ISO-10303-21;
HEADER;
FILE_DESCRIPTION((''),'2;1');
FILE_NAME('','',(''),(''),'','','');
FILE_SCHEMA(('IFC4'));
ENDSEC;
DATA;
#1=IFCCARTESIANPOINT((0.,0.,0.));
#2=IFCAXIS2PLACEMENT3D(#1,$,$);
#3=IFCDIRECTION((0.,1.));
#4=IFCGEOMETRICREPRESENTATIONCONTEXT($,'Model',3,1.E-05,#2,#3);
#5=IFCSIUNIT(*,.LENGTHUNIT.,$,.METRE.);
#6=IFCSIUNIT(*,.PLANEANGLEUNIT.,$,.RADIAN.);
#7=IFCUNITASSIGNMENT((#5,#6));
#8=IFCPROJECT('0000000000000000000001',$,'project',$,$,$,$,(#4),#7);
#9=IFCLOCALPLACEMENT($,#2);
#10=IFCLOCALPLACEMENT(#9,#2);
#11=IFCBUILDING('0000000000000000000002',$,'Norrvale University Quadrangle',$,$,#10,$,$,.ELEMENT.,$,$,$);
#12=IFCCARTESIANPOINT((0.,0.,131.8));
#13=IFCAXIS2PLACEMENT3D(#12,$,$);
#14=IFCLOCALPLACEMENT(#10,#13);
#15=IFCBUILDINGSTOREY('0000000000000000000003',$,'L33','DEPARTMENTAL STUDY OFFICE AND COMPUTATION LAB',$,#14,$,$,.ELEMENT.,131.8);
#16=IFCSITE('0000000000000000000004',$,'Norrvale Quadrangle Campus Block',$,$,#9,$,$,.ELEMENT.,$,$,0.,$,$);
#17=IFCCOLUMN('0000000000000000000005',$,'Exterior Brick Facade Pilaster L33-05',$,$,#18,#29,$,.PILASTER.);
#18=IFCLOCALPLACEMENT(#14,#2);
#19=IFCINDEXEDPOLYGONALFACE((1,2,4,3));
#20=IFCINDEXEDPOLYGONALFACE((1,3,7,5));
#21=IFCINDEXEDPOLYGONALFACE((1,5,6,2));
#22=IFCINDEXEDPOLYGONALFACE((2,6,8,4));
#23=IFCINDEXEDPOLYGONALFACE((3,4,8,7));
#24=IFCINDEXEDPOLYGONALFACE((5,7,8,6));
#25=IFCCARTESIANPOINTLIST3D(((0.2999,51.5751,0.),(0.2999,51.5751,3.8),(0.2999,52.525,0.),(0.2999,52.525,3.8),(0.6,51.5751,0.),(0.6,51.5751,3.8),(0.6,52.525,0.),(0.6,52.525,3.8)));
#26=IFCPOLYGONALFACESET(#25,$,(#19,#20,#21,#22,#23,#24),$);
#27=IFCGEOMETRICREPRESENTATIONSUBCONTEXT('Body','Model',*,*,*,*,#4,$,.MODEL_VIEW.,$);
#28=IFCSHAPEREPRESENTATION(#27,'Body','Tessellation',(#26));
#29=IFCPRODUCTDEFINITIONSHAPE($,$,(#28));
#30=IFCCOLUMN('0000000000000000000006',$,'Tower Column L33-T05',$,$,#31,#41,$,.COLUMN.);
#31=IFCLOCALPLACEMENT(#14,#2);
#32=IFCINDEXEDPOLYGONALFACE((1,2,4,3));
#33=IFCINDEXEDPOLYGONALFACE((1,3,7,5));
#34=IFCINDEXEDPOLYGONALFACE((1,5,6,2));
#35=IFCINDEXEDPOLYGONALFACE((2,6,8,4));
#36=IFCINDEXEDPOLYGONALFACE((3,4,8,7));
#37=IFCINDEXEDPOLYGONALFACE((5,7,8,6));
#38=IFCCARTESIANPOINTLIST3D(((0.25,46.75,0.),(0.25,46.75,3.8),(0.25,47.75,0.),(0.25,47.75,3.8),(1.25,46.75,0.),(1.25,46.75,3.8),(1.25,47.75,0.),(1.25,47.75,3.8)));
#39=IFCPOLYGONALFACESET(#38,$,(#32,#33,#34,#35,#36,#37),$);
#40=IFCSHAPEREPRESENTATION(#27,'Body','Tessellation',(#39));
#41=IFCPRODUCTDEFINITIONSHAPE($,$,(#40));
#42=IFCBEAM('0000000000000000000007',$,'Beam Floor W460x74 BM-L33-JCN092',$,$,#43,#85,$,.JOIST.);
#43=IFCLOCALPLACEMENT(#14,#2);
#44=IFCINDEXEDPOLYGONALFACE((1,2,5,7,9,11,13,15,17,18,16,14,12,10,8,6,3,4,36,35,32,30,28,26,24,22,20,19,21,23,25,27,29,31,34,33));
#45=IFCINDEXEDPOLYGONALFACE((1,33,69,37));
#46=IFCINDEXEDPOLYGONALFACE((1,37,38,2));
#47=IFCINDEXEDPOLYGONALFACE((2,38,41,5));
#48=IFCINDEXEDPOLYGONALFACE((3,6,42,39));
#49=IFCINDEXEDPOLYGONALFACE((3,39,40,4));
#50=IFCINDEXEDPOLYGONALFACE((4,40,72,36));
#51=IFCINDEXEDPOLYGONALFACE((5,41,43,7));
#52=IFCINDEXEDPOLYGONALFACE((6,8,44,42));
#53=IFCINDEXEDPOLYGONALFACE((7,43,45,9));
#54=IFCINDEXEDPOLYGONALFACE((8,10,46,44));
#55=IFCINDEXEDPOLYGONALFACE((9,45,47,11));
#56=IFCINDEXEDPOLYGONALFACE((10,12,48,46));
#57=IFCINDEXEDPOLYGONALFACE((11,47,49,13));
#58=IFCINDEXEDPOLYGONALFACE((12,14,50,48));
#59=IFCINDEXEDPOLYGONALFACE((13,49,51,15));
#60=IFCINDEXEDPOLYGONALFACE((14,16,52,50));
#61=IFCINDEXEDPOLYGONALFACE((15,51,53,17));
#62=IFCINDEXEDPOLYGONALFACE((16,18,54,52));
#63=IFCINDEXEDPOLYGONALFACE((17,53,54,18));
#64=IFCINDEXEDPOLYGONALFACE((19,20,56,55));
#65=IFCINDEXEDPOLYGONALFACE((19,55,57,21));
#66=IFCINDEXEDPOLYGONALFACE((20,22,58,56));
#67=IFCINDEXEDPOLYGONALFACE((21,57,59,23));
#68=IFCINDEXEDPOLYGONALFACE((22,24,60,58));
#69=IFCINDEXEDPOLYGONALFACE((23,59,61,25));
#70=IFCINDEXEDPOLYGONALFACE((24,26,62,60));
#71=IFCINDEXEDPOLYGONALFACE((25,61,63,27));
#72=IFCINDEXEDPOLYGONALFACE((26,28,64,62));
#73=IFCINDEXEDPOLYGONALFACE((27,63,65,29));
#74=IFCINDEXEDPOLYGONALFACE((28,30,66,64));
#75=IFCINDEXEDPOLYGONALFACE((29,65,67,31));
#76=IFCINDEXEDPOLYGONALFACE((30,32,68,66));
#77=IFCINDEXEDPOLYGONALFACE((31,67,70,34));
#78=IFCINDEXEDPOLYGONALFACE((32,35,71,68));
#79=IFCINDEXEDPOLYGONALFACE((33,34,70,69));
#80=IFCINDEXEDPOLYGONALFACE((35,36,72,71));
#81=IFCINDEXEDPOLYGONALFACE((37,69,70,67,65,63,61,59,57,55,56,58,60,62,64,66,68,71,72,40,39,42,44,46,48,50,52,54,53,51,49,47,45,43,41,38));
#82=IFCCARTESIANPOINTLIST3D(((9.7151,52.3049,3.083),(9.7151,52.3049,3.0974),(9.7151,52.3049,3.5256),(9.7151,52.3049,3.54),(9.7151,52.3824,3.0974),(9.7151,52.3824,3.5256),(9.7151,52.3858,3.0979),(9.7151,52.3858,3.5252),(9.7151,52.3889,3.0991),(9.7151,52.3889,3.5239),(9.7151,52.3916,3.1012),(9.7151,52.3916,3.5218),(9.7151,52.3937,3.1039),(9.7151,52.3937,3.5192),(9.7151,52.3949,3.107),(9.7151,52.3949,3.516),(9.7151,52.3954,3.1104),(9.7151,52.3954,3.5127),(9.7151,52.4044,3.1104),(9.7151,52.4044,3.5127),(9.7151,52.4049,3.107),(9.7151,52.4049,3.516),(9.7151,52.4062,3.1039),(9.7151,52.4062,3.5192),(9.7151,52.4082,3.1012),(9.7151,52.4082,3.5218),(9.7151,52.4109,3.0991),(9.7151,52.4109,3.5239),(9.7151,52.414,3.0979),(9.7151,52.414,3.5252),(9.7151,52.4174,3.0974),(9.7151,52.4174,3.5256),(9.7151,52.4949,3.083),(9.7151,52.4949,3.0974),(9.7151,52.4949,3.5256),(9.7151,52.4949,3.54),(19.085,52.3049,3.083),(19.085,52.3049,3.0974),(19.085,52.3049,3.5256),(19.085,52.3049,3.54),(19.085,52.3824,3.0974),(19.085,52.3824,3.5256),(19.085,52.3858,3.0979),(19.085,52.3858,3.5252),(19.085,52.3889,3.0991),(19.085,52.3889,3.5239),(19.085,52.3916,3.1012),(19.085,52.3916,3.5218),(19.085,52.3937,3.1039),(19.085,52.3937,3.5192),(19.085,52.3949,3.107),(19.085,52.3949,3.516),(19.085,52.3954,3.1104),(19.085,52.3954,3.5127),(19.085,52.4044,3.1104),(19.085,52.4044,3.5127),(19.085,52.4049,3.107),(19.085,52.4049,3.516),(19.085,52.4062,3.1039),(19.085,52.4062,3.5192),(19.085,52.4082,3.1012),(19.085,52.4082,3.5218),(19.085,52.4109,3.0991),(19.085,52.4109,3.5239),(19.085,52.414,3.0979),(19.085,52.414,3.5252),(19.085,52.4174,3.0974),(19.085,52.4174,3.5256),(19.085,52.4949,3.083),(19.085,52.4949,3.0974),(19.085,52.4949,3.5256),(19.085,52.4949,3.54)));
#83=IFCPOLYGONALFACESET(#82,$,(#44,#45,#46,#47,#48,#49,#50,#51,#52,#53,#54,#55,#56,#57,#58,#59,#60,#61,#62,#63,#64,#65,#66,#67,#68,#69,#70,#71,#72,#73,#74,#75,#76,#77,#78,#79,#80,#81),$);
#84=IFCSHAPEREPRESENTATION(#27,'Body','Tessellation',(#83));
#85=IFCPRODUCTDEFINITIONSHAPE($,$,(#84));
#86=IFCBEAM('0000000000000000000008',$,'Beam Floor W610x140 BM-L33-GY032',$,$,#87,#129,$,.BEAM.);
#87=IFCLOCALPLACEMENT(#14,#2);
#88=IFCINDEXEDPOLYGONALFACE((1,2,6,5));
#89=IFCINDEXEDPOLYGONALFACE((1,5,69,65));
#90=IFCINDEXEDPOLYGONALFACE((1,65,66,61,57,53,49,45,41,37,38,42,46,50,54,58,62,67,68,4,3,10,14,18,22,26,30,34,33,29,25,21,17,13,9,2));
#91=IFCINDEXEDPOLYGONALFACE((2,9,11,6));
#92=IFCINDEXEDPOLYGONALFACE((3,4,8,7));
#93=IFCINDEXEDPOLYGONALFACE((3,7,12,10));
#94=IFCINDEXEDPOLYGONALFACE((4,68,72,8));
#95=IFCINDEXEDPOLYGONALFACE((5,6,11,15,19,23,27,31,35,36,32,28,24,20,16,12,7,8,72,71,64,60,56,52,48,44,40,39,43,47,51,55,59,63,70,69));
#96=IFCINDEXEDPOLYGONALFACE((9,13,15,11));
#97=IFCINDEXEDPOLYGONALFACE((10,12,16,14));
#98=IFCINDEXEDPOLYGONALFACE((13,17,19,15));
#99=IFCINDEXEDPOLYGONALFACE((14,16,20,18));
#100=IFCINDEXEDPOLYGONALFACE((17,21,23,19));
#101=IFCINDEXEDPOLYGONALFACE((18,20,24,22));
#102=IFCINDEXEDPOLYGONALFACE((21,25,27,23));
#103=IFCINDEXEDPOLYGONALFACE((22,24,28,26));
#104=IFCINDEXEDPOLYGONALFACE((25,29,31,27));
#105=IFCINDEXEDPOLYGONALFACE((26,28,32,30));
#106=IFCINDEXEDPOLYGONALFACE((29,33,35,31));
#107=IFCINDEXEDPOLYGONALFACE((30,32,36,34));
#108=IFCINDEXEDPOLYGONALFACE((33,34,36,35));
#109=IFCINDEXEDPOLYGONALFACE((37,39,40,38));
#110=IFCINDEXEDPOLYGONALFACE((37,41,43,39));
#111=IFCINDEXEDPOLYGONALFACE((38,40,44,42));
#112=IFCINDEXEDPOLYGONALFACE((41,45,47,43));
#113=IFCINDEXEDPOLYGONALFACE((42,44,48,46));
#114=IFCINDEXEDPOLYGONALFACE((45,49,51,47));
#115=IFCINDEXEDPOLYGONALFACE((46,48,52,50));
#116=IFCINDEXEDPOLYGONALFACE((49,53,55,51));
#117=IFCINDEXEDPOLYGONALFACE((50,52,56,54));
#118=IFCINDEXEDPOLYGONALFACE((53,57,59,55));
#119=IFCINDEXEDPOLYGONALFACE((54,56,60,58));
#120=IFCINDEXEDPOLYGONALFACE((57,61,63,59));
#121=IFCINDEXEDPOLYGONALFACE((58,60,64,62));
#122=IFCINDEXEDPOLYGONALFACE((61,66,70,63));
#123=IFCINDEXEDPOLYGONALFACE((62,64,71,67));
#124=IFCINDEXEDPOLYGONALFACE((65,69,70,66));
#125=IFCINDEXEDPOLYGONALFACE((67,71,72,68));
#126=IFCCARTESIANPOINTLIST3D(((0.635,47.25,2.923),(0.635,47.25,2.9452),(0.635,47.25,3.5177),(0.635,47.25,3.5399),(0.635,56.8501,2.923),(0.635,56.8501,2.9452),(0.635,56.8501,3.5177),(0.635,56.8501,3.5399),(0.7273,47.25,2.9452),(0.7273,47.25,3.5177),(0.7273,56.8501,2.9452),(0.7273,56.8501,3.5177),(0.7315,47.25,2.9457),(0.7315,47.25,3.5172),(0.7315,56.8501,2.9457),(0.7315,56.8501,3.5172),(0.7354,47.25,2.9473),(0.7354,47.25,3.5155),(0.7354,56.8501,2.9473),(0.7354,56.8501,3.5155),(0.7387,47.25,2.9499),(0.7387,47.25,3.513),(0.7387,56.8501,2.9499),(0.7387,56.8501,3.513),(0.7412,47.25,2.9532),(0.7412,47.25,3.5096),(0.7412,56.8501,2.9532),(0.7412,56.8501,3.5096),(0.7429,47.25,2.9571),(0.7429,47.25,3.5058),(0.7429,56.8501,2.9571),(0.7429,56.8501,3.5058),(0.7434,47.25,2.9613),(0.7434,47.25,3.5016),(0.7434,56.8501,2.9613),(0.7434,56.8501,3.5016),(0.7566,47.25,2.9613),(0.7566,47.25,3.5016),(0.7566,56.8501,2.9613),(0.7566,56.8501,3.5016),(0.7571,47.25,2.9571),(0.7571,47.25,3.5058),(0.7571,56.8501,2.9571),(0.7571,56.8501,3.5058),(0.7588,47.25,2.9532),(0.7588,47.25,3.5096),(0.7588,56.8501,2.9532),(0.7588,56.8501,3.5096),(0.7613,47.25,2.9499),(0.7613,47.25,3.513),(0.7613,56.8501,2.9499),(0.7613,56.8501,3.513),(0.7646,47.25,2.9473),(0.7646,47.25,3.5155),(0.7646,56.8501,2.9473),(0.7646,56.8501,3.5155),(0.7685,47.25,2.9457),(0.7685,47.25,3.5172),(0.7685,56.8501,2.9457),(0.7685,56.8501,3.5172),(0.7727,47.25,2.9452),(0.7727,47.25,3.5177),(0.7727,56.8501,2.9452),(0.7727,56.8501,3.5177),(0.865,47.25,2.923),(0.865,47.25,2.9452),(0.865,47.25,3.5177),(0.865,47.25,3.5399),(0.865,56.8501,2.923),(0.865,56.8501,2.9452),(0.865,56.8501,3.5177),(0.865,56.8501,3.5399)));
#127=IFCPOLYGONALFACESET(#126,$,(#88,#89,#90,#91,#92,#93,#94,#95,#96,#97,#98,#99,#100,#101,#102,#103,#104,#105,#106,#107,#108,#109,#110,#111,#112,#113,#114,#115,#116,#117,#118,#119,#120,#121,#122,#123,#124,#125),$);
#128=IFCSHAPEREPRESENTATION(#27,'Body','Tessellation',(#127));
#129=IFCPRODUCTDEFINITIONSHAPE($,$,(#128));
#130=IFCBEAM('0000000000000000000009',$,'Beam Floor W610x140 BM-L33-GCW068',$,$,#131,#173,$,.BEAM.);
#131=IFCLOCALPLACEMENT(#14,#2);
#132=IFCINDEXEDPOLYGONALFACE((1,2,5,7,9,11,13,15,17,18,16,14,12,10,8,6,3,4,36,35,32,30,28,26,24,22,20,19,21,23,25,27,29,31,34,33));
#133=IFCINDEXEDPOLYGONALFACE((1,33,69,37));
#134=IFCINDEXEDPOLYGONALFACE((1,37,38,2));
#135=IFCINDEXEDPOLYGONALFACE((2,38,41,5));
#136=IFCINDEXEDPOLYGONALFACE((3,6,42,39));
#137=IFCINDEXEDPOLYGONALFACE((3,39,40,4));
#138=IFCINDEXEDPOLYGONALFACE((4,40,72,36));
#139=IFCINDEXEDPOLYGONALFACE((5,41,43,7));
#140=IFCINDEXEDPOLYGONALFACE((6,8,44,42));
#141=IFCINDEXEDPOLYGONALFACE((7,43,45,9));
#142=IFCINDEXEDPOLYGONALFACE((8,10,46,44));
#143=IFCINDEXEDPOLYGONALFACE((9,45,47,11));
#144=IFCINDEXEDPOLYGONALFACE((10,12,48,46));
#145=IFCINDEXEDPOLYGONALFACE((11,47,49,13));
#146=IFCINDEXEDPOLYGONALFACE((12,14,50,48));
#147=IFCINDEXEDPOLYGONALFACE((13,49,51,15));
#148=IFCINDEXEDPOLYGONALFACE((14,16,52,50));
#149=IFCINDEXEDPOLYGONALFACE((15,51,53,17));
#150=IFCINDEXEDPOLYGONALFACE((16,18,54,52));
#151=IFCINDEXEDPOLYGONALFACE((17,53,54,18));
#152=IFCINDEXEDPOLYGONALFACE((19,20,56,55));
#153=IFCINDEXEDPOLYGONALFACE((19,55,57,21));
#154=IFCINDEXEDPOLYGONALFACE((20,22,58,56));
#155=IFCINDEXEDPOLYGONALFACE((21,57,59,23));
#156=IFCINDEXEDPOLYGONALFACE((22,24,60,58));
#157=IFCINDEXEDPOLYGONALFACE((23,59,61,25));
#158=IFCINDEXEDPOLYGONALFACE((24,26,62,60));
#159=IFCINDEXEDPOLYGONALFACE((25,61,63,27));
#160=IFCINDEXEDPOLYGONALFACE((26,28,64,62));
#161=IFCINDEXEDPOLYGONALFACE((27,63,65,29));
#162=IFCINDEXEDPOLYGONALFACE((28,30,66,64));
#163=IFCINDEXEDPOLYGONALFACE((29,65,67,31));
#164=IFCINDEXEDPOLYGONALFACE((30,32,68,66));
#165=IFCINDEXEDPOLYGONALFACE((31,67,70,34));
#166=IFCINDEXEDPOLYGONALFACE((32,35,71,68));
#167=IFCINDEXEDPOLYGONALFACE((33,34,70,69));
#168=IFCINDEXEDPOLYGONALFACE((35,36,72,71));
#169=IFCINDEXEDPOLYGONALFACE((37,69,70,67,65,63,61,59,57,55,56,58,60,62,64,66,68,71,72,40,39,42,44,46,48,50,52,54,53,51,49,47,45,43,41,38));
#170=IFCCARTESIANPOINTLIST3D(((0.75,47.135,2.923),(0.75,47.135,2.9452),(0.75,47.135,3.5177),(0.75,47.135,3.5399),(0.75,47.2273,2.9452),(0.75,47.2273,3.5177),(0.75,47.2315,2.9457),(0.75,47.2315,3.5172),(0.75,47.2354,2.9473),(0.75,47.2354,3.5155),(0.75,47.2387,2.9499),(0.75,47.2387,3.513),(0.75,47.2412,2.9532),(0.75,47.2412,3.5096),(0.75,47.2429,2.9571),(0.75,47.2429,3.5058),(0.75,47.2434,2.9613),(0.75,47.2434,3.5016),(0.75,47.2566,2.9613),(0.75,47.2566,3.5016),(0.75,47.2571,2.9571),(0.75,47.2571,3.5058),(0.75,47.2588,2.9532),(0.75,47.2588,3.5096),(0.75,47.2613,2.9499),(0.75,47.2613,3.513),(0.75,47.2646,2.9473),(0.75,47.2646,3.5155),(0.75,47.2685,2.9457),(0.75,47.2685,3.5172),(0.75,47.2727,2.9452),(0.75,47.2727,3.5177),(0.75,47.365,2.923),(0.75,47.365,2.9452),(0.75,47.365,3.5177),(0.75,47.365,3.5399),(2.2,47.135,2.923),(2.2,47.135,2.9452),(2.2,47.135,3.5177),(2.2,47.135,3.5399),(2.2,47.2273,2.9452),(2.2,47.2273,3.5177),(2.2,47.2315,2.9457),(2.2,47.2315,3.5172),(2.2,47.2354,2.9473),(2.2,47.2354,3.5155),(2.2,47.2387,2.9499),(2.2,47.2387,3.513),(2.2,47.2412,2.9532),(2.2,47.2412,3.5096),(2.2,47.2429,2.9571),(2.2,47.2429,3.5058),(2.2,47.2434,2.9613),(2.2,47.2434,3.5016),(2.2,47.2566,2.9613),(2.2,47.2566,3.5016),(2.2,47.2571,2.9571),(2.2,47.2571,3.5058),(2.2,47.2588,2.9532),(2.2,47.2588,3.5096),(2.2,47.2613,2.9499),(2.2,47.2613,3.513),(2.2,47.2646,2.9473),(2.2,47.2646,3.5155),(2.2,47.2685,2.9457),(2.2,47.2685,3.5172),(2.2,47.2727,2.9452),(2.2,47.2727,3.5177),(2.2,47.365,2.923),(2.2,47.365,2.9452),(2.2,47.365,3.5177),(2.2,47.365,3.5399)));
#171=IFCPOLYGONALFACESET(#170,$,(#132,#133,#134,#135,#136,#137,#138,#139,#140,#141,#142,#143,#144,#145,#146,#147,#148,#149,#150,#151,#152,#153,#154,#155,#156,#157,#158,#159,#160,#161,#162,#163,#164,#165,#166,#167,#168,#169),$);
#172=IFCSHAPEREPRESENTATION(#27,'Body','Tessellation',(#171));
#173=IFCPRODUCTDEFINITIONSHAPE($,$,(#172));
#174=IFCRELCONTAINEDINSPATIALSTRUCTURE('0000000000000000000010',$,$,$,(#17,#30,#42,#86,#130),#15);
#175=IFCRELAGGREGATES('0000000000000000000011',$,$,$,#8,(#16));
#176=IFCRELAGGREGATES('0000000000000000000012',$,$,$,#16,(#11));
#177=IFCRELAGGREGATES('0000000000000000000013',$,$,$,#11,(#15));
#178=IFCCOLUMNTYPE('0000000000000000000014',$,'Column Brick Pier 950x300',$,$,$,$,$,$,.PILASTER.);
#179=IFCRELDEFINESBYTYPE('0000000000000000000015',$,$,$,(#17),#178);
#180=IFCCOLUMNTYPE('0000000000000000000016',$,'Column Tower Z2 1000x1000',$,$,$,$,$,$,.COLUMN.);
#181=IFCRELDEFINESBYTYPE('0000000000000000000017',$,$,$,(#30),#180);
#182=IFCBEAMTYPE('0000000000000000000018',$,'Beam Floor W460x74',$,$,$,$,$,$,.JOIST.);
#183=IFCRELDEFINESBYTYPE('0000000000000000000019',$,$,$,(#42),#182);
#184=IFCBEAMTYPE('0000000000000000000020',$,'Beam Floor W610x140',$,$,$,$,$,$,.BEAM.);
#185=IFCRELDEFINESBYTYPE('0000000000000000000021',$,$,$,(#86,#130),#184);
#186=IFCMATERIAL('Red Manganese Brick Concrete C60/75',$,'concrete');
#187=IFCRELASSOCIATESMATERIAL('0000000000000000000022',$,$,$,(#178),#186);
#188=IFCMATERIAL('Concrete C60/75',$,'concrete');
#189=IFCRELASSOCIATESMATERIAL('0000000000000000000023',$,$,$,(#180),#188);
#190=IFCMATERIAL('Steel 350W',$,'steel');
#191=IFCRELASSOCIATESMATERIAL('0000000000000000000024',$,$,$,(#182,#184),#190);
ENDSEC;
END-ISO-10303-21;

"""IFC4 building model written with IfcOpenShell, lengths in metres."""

from ifc_helpers import new_model, si_unit, direction, frame, origin, origin_2d, place, context, subcontext, project, spatial, rectangle, i_section, extrude, material, material_profile, profile_set, type_object, element, save


model = new_model("IFC4")

# Units and contexts
model_context = context("Model", 3, precision=1e-05, world=origin(), true_north=direction((0.0, 1.0)))
body_context = subcontext(model_context, "Body", "Model", "MODEL_VIEW")
ifc_project = project(units=[si_unit("LENGTHUNIT", "METRE"), si_unit("PLANEANGLEUNIT", "RADIAN")], contexts=[model_context])

# Site, building, storey
site_placement = place(None, origin())
site = spatial("IfcSite", under=ifc_project, at=site_placement, Name="Norrvale Quadrangle Campus Block", CompositionType="ELEMENT", RefElevation=0.0)
building_placement = place(site_placement, origin())
building = spatial("IfcBuilding", under=site, at=building_placement, Name="Norrvale University Quadrangle", CompositionType="ELEMENT")
storey_placement = place(building_placement, frame((0.0, 0.0, 131.8)))
storey = spatial("IfcBuildingStorey", under=building, at=storey_placement, Name="L33", Description="DEPARTMENTAL STUDY OFFICE AND COMPUTATION LAB", CompositionType="ELEMENT", Elevation=131.8)

# Columns
ifc_material_1 = material(Name="Red Manganese Brick Concrete C60/75", Category="concrete")
ifc_material_profile_1 = material_profile(ifc_material_1, rectangle(XDim=0.95, YDim=0.3, at=origin_2d()), Name="Red Manganese Brick Concrete C60/75")
ifc_profile_set_1 = profile_set([ifc_material_profile_1], Name="Red Manganese Brick Concrete C60/75")
column_type_1 = type_object("IfcColumnType", Name="Column Brick Pier 950x300", PredefinedType="PILASTER", material=ifc_profile_set_1)
column_1_placement = place(storey_placement, frame((0.45, 52.05, 0.0), z_axis=(0.0, 0.0, 1.0), x_axis=(0.0, 1.0, 0.0)))
element("IfcColumn", 1, at=column_1_placement, inside=storey, type_object=column_type_1, Name="Exterior Brick Facade Pilaster L33-05", PredefinedType="PILASTER", context=body_context, shape_type="SweptSolid", body=[
    extrude(rectangle(XDim=0.95, YDim=0.3, at=origin_2d()), origin(), (0.0, 0.0, 1.0), 3.8),
])
ifc_material_2 = material(Name="Concrete C60/75", Category="concrete")
ifc_material_profile_2 = material_profile(ifc_material_2, rectangle(XDim=1.0, YDim=1.0, at=origin_2d()), Name="Concrete C60/75")
ifc_profile_set_2 = profile_set([ifc_material_profile_2], Name="Concrete C60/75")
column_type_2 = type_object("IfcColumnType", Name="Column Tower Z2 1000x1000", PredefinedType="COLUMN", material=ifc_profile_set_2)
column_2_placement = place(storey_placement, frame((0.75, 47.25, 0.0), z_axis=(0.0, 0.0, 1.0), x_axis=(1.0, 0.0, 0.0)))
element("IfcColumn", 2, at=column_2_placement, inside=storey, type_object=column_type_2, Name="Tower Column L33-T05", PredefinedType="COLUMN", context=body_context, shape_type="SweptSolid", body=[
    extrude(rectangle(XDim=1.0, YDim=1.0, at=origin_2d()), origin(), (0.0, 0.0, 1.0), 3.8),
])

# Beams
ifc_material_3 = material(Name="Steel 350W", Category="steel")
ifc_material_profile_3 = material_profile(ifc_material_3, i_section(OverallWidth=0.1899, OverallDepth=0.457, WebThickness=0.009, FlangeThickness=0.0144, FilletRadius=0.0129, at=origin_2d()), Name="Steel 350W")
ifc_profile_set_3 = profile_set([ifc_material_profile_3], Name="Steel 350W")
beam_type_1 = type_object("IfcBeamType", Name="Beam Floor W460x74", PredefinedType="JOIST", material=ifc_profile_set_3)
beam_1_placement = place(storey_placement, frame((9.7151, 52.3999, 3.3115), z_axis=(1.0, 0.0, 0.0), x_axis=(0.0, 1.0, 0.0)))
element("IfcBeam", 3, at=beam_1_placement, inside=storey, type_object=beam_type_1, Name="Beam Floor W460x74 BM-L33-JCN092", PredefinedType="JOIST", context=body_context, shape_type="SweptSolid", body=[
    extrude(i_section(OverallWidth=0.1899, OverallDepth=0.457, WebThickness=0.009, FlangeThickness=0.0144, FilletRadius=0.0129, at=origin_2d()), origin(), (0.0, 0.0, 1.0), 9.3699),
])
ifc_material_profile_4 = material_profile(ifc_material_3, i_section(OverallWidth=0.23, OverallDepth=0.6169, WebThickness=0.0132, FlangeThickness=0.0222, FilletRadius=0.0161, at=origin_2d()), Name="Steel 350W")
ifc_profile_set_4 = profile_set([ifc_material_profile_4], Name="Steel 350W")
beam_type_2 = type_object("IfcBeamType", Name="Beam Floor W610x140", PredefinedType="BEAM", material=ifc_profile_set_4)
beam_2_placement = place(storey_placement, frame((0.75, 47.25, 3.2314), z_axis=(0.0, 1.0, 0.0), x_axis=(-1.0, 0.0, 0.0)))
element("IfcBeam", 4, at=beam_2_placement, inside=storey, type_object=beam_type_2, Name="Beam Floor W610x140 BM-L33-GY032", PredefinedType="BEAM", context=body_context, shape_type="SweptSolid", body=[
    extrude(i_section(OverallWidth=0.23, OverallDepth=0.6169, WebThickness=0.0132, FlangeThickness=0.0222, FilletRadius=0.0161, at=origin_2d()), origin(), (0.0, 0.0, 1.0), 9.6001),
])
beam_3_placement = place(storey_placement, frame((0.75, 47.25, 3.2314), z_axis=(1.0, 0.0, 0.0), x_axis=(0.0, 1.0, 0.0)))
element("IfcBeam", 5, at=beam_3_placement, inside=storey, type_object=beam_type_2, Name="Beam Floor W610x140 BM-L33-GCW068", PredefinedType="BEAM", context=body_context, shape_type="SweptSolid", body=[
    extrude(i_section(OverallWidth=0.23, OverallDepth=0.6169, WebThickness=0.0132, FlangeThickness=0.0222, FilletRadius=0.0161, at=origin_2d()), origin(), (0.0, 0.0, 1.0), 1.45),
])

save(model, "model.ifc")
